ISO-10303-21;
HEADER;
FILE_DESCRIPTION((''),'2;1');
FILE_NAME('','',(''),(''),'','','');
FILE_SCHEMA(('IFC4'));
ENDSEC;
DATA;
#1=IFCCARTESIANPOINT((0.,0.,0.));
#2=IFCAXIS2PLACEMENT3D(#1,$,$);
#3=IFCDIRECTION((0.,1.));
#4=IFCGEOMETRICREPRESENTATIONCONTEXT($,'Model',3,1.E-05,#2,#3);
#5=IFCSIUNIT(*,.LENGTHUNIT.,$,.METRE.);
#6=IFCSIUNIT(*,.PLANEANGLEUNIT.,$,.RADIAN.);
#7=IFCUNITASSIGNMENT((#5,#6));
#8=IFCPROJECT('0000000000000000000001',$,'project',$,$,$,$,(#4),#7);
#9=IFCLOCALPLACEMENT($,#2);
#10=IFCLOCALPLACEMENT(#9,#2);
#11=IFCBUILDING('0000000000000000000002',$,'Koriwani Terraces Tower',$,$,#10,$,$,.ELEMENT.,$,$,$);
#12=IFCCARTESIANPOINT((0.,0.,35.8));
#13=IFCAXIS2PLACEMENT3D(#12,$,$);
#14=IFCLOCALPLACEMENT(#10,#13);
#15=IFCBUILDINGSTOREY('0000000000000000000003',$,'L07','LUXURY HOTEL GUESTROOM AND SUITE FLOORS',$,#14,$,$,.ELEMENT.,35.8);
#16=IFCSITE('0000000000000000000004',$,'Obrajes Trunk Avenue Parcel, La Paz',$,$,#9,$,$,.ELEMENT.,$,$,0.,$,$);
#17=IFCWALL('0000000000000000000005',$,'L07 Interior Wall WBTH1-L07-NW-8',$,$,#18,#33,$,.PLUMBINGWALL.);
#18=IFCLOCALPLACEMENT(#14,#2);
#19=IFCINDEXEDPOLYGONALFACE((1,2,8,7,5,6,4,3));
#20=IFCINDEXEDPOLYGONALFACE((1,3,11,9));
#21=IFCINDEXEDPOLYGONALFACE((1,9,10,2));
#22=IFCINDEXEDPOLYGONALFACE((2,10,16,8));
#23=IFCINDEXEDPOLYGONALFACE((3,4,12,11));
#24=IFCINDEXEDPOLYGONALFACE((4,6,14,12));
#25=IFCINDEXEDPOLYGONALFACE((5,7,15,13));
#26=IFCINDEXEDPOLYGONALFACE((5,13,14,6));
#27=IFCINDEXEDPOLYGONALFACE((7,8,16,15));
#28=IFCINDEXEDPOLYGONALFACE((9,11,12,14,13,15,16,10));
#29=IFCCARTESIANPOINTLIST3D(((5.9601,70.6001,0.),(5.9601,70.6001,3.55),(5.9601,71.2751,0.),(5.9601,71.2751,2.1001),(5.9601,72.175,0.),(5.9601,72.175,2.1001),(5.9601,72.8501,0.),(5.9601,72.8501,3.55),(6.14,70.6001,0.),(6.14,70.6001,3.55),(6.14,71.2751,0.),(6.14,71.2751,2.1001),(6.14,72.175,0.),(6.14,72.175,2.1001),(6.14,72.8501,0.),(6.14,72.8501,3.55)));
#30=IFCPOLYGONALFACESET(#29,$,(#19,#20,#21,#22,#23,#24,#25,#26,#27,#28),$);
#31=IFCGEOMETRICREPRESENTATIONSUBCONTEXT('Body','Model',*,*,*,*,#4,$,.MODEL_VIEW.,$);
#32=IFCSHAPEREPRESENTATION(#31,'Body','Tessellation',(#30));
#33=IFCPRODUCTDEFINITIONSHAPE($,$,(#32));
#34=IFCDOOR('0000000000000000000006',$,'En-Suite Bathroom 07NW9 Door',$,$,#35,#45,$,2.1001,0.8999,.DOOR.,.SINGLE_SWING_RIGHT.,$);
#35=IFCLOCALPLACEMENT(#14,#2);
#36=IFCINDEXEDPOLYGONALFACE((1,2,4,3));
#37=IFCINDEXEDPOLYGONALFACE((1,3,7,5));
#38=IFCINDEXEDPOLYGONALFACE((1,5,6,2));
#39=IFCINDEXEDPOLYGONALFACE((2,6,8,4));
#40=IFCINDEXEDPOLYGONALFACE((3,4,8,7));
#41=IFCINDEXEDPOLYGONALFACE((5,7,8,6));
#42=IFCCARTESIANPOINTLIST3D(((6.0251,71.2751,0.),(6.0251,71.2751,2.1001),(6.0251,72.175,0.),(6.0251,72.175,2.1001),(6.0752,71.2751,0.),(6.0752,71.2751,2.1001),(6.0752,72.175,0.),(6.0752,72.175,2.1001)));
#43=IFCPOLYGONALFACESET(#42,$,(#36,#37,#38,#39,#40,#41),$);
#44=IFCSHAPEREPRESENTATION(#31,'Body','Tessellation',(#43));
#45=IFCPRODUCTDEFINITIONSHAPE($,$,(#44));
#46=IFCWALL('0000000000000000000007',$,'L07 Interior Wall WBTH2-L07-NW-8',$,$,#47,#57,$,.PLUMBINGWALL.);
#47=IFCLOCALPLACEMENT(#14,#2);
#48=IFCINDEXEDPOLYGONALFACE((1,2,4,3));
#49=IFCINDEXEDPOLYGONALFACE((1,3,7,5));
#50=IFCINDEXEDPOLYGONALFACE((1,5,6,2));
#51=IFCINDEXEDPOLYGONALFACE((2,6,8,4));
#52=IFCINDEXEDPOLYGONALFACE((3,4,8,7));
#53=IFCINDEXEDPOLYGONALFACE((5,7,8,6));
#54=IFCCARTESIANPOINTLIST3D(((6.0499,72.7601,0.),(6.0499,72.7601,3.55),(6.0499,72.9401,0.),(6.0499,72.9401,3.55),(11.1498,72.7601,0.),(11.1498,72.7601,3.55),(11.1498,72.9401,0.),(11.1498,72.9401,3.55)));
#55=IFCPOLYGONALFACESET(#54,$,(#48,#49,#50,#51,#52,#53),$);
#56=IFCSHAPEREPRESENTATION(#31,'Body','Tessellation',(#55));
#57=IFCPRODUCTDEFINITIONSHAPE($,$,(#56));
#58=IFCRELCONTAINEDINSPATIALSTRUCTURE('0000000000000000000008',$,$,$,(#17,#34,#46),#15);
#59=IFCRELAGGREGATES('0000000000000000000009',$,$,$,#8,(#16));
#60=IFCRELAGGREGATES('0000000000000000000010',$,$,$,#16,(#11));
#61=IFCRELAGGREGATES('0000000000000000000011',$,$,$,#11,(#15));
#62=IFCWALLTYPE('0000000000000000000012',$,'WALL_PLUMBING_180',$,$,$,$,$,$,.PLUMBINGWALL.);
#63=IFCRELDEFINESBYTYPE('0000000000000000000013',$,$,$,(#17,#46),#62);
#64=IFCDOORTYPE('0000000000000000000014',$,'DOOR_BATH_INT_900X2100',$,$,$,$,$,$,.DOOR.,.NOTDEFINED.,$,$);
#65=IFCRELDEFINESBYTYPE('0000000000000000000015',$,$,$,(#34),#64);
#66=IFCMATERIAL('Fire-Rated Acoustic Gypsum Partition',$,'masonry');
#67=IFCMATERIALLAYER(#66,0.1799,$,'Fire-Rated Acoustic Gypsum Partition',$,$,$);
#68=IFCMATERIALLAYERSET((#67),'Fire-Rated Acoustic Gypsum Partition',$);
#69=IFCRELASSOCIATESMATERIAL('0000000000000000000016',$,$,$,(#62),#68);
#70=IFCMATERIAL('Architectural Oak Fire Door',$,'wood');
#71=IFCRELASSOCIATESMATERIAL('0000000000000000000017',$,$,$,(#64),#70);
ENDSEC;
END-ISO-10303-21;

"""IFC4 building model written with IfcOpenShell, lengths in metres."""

from ifc_helpers import new_model, si_unit, direction, frame, frame_2d, origin, place, context, subcontext, project, spatial, rectangle, extrude, material, layer, layer_set, type_object, element, fill, save


model = new_model("IFC4")

# Units and contexts
model_context = context("Model", 3, precision=1e-05, world=origin(), true_north=direction((0.0, 1.0)))
body_context = subcontext(model_context, "Body", "Model", "MODEL_VIEW")
ifc_project = project(units=[si_unit("LENGTHUNIT", "METRE"), si_unit("PLANEANGLEUNIT", "RADIAN")], contexts=[model_context])

# Site, building, storey
site_placement = place(None, origin())
site = spatial("IfcSite", under=ifc_project, at=site_placement, Name="Obrajes Trunk Avenue Parcel, La Paz", CompositionType="ELEMENT", RefElevation=0.0)
building_placement = place(site_placement, origin())
building = spatial("IfcBuilding", under=site, at=building_placement, Name="Koriwani Terraces Tower", CompositionType="ELEMENT")
storey_placement = place(building_placement, frame((0.0, 0.0, 35.8)))
storey = spatial("IfcBuildingStorey", under=building, at=storey_placement, Name="L07", Description="LUXURY HOTEL GUESTROOM AND SUITE FLOORS", CompositionType="ELEMENT", Elevation=35.8)

# Shared definitions
ifc_material_1 = material(Name="Fire-Rated Acoustic Gypsum Partition", Category="masonry")
ifc_layer_1 = layer(ifc_material_1, 0.1799, Name="Fire-Rated Acoustic Gypsum Partition")
ifc_layer_set_1 = layer_set([ifc_layer_1], Name="Fire-Rated Acoustic Gypsum Partition")
wall_type_1 = type_object("IfcWallType", Name="WALL_PLUMBING_180", PredefinedType="PLUMBINGWALL", material=ifc_layer_set_1)
ifc_material_2 = material(Name="Architectural Oak Fire Door", Category="wood")
door_type = type_object("IfcDoorType", Name="DOOR_BATH_INT_900X2100", OperationType="NOTDEFINED", PredefinedType="DOOR", material=ifc_material_2)

# Wall, opening, door
wall_1_placement = place(storey_placement, frame((6.05, 70.6001, 0.0), z_axis=(0.0, 0.0, 1.0), x_axis=(0.0, 1.0, 0.0)))
wall_1 = element("IfcWall", 1, at=wall_1_placement, inside=storey, type_object=wall_type_1, Name="L07 Interior Wall WBTH1-L07-NW-8", PredefinedType="PLUMBINGWALL", context=body_context, shape_type="SweptSolid", body=[
    extrude(rectangle(XDim=2.25, YDim=0.1799, at=frame_2d((1.125, 0.0))), origin(), (0.0, 0.0, 1.0), 3.55),
])
opening_1_placement = place(wall_1_placement, frame((0.675, 0.0, 0.0)))
opening_1 = element("IfcOpeningElement", 2, at=opening_1_placement, cuts=wall_1, PredefinedType="OPENING", context=body_context, shape_type="SweptSolid", body=[
    extrude(rectangle(XDim=0.8999, YDim=2.1001, at=frame_2d((0.45, 1.05))), frame((0.0, 0.1001, 0.0), z_axis=(0.0, -1.0, 0.0), x_axis=(1.0, 0.0, 0.0)), (0.0, 0.0, 1.0), 0.2),
])
door_1_placement = place(opening_1_placement, origin())
door_1 = element("IfcDoor", 3, at=door_1_placement, inside=storey, type_object=door_type, Name="En-Suite Bathroom 07NW9 Door", OperationType="SINGLE_SWING_RIGHT", OverallHeight=2.1001, OverallWidth=0.8999, PredefinedType="DOOR", context=body_context, shape_type="SweptSolid", body=[
    extrude(rectangle(XDim=0.8999, YDim=2.1001, at=frame_2d((0.45, 1.05))), frame((0.0, 0.0249, 0.0), z_axis=(0.0, -1.0, 0.0), x_axis=(1.0, 0.0, 0.0)), (0.0, 0.0, 1.0), 0.05),
])
fill(opening_1, door_1)

# Wall
wall_2_placement = place(storey_placement, frame((6.05, 72.8501, 0.0), z_axis=(0.0, 0.0, 1.0), x_axis=(1.0, 0.0, 0.0)))
element("IfcWall", 4, at=wall_2_placement, inside=storey, type_object=wall_type_1, Name="L07 Interior Wall WBTH2-L07-NW-8", PredefinedType="PLUMBINGWALL", context=body_context, shape_type="SweptSolid", body=[
    extrude(rectangle(XDim=5.0999, YDim=0.1799, at=frame_2d((2.5498, 0.0))), origin(), (0.0, 0.0, 1.0), 3.55),
])

save(model, "model.ifc")
